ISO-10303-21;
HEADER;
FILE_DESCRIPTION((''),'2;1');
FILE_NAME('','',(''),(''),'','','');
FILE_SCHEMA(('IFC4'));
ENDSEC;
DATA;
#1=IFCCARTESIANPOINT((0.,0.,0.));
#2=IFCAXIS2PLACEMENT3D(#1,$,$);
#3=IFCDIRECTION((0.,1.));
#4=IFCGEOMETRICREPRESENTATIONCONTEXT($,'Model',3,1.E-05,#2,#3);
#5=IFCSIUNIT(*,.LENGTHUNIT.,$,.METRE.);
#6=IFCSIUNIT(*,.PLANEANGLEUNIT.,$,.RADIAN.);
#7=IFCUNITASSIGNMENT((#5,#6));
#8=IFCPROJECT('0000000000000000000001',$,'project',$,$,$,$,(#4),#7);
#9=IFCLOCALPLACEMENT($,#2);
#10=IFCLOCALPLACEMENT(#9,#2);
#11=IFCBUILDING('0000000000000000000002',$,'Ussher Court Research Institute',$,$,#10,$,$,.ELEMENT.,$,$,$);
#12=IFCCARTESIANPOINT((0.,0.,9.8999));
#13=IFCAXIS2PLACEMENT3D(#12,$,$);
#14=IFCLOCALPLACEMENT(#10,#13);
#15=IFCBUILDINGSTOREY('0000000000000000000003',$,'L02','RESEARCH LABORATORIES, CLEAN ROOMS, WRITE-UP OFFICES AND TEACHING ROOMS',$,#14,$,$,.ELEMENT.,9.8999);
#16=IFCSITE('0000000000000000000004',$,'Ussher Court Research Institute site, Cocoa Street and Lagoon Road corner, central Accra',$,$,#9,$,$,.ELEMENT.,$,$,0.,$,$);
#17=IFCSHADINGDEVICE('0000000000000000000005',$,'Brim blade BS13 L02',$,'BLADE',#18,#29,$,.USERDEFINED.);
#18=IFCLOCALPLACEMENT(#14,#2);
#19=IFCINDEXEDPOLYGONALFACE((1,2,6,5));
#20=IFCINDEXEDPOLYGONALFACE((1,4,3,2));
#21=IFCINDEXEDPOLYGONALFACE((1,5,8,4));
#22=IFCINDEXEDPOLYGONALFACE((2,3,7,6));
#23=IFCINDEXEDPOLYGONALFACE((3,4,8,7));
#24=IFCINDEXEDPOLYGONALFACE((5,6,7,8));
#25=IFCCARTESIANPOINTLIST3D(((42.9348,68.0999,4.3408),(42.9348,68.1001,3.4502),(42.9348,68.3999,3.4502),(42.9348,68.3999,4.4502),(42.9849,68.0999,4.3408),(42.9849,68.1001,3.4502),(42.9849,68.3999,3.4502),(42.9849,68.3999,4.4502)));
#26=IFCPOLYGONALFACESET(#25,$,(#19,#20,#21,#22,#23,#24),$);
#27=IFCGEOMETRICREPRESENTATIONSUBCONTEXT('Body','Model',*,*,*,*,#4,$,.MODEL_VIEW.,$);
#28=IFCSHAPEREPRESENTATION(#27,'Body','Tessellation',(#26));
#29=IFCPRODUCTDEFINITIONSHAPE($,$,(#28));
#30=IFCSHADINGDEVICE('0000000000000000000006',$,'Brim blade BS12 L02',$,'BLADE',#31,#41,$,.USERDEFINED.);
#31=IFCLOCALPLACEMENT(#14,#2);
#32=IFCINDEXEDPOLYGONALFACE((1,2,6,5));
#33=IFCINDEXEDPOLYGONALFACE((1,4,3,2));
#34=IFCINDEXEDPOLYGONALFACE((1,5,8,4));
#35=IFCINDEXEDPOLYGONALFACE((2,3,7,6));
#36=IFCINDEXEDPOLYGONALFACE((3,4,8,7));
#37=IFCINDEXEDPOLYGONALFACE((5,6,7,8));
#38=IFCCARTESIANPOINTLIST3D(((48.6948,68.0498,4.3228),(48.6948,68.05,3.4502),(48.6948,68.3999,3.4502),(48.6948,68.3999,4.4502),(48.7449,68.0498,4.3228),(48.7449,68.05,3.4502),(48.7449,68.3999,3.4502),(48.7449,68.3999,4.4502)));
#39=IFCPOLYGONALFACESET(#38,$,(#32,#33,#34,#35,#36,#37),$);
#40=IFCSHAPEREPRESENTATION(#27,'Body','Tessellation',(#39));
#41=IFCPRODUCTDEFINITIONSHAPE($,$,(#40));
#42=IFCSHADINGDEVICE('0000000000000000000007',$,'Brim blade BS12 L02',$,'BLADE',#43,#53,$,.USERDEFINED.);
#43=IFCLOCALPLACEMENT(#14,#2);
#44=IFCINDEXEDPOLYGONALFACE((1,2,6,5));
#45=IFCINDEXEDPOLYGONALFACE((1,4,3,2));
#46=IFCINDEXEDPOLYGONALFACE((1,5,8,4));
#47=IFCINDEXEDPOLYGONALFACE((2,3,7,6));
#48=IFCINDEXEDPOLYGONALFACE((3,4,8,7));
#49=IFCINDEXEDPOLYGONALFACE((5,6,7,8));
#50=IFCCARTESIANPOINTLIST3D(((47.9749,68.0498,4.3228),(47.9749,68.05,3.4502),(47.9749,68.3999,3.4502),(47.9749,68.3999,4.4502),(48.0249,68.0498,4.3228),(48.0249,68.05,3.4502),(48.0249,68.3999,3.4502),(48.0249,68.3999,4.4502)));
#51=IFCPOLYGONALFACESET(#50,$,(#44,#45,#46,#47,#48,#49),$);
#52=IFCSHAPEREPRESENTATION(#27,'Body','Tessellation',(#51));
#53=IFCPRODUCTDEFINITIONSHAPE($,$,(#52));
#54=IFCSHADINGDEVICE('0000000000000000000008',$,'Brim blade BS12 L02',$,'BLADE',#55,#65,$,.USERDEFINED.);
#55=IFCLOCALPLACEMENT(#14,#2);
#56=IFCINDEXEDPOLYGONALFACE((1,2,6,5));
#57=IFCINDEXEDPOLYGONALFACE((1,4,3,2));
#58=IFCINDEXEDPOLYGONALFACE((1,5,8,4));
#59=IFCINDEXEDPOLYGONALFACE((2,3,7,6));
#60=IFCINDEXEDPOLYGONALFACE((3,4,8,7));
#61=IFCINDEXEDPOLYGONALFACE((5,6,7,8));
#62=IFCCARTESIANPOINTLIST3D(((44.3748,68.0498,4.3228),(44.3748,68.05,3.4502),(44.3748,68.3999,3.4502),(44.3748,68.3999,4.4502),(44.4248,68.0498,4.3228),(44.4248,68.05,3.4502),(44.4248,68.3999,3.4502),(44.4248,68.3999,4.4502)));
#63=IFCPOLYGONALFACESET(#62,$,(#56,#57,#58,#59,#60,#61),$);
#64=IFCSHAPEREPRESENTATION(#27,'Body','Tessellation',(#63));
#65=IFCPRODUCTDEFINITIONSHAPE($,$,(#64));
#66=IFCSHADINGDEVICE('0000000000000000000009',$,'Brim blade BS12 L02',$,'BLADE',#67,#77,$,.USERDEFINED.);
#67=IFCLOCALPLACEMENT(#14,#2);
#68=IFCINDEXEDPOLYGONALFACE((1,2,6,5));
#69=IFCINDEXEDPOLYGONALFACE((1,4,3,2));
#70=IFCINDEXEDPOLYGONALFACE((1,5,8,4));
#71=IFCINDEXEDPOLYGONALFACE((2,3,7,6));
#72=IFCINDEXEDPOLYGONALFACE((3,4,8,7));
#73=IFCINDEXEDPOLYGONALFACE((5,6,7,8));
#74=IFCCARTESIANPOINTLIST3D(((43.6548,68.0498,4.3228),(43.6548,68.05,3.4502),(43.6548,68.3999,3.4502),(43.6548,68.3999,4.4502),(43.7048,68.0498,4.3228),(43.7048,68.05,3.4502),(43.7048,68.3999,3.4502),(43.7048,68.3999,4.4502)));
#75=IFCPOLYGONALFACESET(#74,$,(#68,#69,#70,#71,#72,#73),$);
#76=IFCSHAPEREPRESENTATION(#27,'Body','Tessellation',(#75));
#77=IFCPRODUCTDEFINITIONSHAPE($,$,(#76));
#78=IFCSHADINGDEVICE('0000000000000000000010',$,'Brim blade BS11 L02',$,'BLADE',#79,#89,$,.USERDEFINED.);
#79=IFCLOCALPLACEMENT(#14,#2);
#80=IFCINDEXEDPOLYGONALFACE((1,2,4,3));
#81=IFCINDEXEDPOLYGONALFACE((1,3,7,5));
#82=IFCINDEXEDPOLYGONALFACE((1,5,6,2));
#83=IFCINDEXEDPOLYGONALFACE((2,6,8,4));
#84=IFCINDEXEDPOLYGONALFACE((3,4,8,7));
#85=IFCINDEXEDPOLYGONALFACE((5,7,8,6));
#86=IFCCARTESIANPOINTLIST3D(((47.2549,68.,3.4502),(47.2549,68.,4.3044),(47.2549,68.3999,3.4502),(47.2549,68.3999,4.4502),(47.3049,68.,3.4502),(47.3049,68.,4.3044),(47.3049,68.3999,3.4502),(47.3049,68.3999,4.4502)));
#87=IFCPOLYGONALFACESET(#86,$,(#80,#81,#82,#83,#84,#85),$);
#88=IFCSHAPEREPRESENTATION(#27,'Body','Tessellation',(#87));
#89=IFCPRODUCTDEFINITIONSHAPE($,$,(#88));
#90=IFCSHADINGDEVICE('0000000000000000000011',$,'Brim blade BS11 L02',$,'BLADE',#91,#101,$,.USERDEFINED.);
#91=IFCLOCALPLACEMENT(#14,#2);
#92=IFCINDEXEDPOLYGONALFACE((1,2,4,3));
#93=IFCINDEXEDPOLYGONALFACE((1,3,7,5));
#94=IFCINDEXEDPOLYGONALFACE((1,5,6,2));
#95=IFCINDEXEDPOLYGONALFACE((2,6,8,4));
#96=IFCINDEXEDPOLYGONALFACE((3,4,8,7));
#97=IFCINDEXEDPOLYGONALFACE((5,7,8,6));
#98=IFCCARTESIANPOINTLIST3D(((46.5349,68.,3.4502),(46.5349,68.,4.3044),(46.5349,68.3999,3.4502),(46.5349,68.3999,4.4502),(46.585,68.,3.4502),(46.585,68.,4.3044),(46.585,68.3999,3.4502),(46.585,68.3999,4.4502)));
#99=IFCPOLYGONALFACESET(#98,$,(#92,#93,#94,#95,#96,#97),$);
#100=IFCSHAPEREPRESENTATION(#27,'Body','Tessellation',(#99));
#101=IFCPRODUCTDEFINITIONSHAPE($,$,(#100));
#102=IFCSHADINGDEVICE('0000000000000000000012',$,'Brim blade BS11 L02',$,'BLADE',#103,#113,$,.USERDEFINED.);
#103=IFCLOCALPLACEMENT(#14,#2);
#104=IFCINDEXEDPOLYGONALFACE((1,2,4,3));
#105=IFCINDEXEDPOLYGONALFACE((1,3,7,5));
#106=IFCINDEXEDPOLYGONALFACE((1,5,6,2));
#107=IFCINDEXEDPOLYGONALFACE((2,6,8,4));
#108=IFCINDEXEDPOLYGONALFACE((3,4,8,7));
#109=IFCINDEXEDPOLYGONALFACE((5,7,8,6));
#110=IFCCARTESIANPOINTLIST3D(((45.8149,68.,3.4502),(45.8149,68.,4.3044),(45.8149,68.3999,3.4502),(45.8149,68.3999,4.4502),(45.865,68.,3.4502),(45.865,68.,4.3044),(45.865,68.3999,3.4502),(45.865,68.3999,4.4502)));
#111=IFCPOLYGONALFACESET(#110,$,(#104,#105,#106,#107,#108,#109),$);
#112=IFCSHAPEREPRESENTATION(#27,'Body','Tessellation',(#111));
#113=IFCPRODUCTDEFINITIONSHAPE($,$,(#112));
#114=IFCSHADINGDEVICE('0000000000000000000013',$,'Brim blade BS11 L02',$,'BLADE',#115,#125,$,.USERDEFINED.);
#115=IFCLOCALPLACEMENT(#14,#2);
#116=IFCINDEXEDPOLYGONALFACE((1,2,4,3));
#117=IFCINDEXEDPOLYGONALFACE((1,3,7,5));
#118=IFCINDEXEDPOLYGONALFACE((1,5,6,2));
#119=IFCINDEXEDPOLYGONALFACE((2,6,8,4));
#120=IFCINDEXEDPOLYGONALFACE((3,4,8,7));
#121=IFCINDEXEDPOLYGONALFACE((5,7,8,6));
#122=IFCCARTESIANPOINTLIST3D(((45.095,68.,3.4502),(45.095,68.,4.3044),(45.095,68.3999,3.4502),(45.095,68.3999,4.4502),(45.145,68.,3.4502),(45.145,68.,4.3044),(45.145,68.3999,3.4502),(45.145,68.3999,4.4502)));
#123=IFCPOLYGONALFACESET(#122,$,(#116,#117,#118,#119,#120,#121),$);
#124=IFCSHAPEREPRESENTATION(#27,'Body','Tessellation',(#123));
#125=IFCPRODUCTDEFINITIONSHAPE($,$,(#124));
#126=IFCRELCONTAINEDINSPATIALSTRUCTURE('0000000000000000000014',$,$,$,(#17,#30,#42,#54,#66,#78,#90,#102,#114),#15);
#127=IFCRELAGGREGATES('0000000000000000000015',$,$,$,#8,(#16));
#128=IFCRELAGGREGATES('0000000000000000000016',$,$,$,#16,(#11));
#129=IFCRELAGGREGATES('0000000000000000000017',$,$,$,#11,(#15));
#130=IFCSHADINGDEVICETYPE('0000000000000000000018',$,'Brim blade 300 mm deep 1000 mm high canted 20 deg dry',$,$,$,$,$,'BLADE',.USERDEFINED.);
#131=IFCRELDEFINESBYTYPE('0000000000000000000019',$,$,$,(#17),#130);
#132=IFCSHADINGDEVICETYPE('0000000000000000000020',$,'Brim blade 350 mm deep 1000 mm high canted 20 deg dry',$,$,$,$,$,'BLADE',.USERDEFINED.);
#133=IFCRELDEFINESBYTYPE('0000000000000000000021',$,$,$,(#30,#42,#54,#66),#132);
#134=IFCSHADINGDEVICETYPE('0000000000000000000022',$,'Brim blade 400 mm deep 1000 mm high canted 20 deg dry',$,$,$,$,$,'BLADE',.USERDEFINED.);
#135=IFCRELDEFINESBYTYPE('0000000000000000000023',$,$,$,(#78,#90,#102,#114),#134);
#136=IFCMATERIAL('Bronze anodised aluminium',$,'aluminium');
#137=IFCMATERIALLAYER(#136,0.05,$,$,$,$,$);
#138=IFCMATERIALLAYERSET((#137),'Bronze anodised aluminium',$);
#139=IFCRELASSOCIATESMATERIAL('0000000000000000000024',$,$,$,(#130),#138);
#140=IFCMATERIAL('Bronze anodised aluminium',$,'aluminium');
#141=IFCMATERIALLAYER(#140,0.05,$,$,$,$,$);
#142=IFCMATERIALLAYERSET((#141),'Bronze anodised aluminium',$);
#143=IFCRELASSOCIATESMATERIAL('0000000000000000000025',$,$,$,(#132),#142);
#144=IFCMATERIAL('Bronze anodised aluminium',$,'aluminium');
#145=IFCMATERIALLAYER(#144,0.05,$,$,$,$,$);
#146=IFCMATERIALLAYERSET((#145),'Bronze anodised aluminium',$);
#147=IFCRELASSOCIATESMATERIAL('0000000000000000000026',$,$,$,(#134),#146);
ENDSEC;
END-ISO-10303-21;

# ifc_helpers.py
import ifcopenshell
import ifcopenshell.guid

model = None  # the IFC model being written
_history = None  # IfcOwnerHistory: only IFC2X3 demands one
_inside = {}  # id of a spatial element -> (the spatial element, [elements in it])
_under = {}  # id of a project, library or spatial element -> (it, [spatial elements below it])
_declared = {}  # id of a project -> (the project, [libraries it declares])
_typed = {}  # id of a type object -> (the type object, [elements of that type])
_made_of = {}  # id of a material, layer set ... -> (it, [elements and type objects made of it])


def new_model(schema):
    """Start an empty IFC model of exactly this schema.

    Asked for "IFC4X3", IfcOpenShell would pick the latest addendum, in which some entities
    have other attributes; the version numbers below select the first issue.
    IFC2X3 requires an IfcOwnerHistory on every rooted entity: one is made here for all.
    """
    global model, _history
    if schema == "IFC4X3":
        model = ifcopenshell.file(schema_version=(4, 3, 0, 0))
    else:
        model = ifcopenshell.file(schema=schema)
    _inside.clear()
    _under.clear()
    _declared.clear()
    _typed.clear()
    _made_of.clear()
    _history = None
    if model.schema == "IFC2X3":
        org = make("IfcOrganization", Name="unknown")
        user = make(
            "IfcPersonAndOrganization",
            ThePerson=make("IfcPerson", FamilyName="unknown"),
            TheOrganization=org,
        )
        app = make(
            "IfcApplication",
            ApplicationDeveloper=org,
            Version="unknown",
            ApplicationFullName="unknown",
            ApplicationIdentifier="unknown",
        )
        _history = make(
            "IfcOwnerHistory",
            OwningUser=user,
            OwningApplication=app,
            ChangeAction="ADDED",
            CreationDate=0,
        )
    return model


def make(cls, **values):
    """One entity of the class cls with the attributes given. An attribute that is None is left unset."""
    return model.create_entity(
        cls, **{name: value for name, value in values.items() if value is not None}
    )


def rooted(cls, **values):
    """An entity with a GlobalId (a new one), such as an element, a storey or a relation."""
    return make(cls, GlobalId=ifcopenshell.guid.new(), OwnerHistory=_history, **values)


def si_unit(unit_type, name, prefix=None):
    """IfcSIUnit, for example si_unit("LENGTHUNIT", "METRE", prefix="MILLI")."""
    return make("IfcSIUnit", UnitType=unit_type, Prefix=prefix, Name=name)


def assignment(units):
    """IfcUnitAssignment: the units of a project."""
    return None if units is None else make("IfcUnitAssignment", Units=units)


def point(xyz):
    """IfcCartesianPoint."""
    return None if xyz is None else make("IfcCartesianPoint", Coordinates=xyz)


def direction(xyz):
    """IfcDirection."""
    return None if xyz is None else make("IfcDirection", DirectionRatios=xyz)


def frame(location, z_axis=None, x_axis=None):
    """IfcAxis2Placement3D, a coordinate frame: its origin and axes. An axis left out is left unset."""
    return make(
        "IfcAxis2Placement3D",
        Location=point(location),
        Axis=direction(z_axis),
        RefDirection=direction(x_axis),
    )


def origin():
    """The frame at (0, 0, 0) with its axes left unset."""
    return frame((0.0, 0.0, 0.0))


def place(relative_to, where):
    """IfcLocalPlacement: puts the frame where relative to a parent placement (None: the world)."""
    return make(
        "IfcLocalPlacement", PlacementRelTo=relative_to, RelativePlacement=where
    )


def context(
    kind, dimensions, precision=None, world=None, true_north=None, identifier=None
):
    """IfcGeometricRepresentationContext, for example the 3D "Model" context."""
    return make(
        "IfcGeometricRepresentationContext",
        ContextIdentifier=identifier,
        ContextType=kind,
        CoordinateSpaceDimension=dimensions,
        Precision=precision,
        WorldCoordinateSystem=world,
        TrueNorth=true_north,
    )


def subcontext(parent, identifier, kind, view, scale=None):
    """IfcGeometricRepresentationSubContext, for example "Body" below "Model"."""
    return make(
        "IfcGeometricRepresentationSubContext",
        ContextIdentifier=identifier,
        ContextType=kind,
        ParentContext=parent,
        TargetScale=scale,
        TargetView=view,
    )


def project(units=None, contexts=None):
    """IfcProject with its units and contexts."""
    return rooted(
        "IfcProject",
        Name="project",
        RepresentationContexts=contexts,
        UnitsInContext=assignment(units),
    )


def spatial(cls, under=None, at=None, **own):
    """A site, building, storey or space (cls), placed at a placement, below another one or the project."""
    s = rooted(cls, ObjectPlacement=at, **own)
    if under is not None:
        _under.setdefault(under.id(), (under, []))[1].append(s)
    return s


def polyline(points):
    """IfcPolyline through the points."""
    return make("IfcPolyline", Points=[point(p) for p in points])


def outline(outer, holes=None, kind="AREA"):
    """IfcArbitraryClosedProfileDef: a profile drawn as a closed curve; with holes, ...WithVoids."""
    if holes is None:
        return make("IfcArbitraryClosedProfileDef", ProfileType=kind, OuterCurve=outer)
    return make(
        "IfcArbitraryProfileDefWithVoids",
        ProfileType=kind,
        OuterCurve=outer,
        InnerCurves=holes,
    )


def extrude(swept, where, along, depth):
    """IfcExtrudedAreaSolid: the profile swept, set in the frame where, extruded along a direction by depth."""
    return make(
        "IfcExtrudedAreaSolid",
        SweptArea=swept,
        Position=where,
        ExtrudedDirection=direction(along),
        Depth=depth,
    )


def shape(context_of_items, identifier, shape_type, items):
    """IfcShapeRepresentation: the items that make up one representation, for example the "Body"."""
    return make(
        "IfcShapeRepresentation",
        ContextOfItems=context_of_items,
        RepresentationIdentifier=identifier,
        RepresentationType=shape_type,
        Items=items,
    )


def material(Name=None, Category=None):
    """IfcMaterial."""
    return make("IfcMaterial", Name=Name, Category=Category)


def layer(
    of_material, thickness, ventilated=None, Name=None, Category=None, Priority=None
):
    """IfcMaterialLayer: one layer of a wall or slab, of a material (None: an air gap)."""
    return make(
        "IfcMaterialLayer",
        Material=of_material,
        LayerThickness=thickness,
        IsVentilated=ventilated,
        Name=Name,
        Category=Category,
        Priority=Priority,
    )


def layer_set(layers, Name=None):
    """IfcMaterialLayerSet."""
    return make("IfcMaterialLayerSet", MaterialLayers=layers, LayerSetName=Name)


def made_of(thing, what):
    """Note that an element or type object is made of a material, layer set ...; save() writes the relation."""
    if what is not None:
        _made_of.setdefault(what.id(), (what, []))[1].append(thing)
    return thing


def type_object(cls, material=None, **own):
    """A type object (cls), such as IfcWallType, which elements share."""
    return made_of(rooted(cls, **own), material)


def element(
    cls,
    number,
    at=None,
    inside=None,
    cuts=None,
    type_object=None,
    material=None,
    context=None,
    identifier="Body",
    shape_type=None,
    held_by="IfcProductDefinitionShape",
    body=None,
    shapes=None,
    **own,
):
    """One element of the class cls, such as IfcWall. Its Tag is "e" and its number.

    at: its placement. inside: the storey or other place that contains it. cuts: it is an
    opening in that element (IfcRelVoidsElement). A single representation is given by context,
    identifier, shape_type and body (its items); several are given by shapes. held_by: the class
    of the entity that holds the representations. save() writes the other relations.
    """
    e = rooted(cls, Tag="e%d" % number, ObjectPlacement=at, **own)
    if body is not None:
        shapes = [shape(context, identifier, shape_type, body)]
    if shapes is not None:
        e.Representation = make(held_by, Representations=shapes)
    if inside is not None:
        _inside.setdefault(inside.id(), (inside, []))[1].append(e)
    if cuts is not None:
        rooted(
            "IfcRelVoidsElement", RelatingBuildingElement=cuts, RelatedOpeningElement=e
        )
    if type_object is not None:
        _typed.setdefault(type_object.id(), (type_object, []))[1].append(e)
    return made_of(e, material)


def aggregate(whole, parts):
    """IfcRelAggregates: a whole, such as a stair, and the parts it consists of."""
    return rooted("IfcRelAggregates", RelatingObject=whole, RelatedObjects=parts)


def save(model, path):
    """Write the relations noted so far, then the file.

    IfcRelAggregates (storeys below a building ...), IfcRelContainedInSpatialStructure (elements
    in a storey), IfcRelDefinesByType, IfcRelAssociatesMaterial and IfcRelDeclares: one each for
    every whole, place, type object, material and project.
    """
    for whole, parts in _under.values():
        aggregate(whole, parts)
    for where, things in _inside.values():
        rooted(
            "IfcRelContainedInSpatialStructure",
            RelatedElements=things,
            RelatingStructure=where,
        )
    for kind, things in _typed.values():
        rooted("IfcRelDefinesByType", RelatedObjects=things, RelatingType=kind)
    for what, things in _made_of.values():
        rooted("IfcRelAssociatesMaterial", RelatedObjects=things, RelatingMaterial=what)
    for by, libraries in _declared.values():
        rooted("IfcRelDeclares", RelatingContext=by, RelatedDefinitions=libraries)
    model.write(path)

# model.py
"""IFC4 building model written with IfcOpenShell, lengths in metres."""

from ifc_helpers import new_model, si_unit, direction, frame, origin, place, context, subcontext, project, spatial, polyline, outline, extrude, material, layer, layer_set, type_object, element, save


model = new_model("IFC4")

# Units and contexts
model_context = context("Model", 3, precision=1e-05, world=origin(), true_north=direction((0.0, 1.0)))
body_context = subcontext(model_context, "Body", "Model", "MODEL_VIEW")
ifc_project = project(units=[si_unit("LENGTHUNIT", "METRE"), si_unit("PLANEANGLEUNIT", "RADIAN")], contexts=[model_context])

# Site, building, storey
site_placement = place(None, origin())
site = spatial("IfcSite", under=ifc_project, at=site_placement, Name="Ussher Court Research Institute site, Cocoa Street and Lagoon Road corner, central Accra", CompositionType="ELEMENT", RefElevation=0.0)
building_placement = place(site_placement, origin())
building = spatial("IfcBuilding", under=site, at=building_placement, Name="Ussher Court Research Institute", CompositionType="ELEMENT")
storey_placement = place(building_placement, frame((0.0, 0.0, 9.8999)))
storey = spatial("IfcBuildingStorey", under=building, at=storey_placement, Name="L02", Description="RESEARCH LABORATORIES, CLEAN ROOMS, WRITE-UP OFFICES AND TEACHING ROOMS", CompositionType="ELEMENT", Elevation=9.8999)

# Shading devices
ifc_material_1 = material(Name="Bronze anodised aluminium", Category="aluminium")
ifc_layer_1 = layer(ifc_material_1, 0.05)
ifc_layer_set_1 = layer_set([ifc_layer_1], Name="Bronze anodised aluminium")
shading_device_type_1 = type_object("IfcShadingDeviceType", Name="Brim blade 300 mm deep 1000 mm high canted 20 deg dry", ElementType="BLADE", PredefinedType="USERDEFINED", material=ifc_layer_set_1)
for number, where, z_axis, x_axis, name in (
    (1, (42.96, 68.3999, 3.4502), (0.0, 0.0, 1.0), (0.0, -1.0, 0.0), "Brim blade BS13 L02"),
):
    element("IfcShadingDevice", number, at=place(storey_placement, frame(where, z_axis=z_axis, x_axis=x_axis)), inside=storey, type_object=shading_device_type_1, Name=name, ObjectType="BLADE", PredefinedType="USERDEFINED", context=body_context, shape_type="SweptSolid", body=[
        extrude(outline(polyline([(0.0, 0.0), (0.2998, 0.0), (0.3, 0.8906), (0.0, 1.0), (0.0, 0.0)])), frame((0.0, 0.0249, 0.0), z_axis=(0.0, -1.0, 0.0), x_axis=(1.0, 0.0, 0.0)), (0.0, 0.0, 1.0), 0.05),
    ])
ifc_material_2 = material(Name="Bronze anodised aluminium", Category="aluminium")
ifc_layer_2 = layer(ifc_material_2, 0.05)
ifc_layer_set_2 = layer_set([ifc_layer_2], Name="Bronze anodised aluminium")
shading_device_type_2 = type_object("IfcShadingDeviceType", Name="Brim blade 350 mm deep 1000 mm high canted 20 deg dry", ElementType="BLADE", PredefinedType="USERDEFINED", material=ifc_layer_set_2)
for number, where, z_axis, x_axis, name in (
    (2, (48.72, 68.3999, 3.4502), (0.0, 0.0, 1.0), (0.0, -1.0, 0.0), "Brim blade BS12 L02"),
    (3, (48.0, 68.3999, 3.4502), (0.0, 0.0, 1.0), (0.0, -1.0, 0.0), "Brim blade BS12 L02"),
    (4, (44.3999, 68.3999, 3.4502), (0.0, 0.0, 1.0), (0.0, -1.0, 0.0), "Brim blade BS12 L02"),
    (5, (43.6799, 68.3999, 3.4502), (0.0, 0.0, 1.0), (0.0, -1.0, 0.0), "Brim blade BS12 L02"),
):
    element("IfcShadingDevice", number, at=place(storey_placement, frame(where, z_axis=z_axis, x_axis=x_axis)), inside=storey, type_object=shading_device_type_2, Name=name, ObjectType="BLADE", PredefinedType="USERDEFINED", context=body_context, shape_type="SweptSolid", body=[
        extrude(outline(polyline([(0.0, 0.0), (0.3499, 0.0), (0.3501, 0.8726), (0.0, 1.0), (0.0, 0.0)])), frame((0.0, 0.0249, 0.0), z_axis=(0.0, -1.0, 0.0), x_axis=(1.0, 0.0, 0.0)), (0.0, 0.0, 1.0), 0.05),
    ])
ifc_material_3 = material(Name="Bronze anodised aluminium", Category="aluminium")
ifc_layer_3 = layer(ifc_material_3, 0.05)
ifc_layer_set_3 = layer_set([ifc_layer_3], Name="Bronze anodised aluminium")
shading_device_type_3 = type_object("IfcShadingDeviceType", Name="Brim blade 400 mm deep 1000 mm high canted 20 deg dry", ElementType="BLADE", PredefinedType="USERDEFINED", material=ifc_layer_set_3)
for number, where, z_axis, x_axis, name in (
    (6, (47.28, 68.3999, 3.4502), (0.0, 0.0, 1.0), (0.0, -1.0, 0.0), "Brim blade BS11 L02"),
    (7, (46.5601, 68.3999, 3.4502), (0.0, 0.0, 1.0), (0.0, -1.0, 0.0), "Brim blade BS11 L02"),
    (8, (45.8401, 68.3999, 3.4502), (0.0, 0.0, 1.0), (0.0, -1.0, 0.0), "Brim blade BS11 L02"),
    (9, (45.1201, 68.3999, 3.4502), (0.0, 0.0, 1.0), (0.0, -1.0, 0.0), "Brim blade BS11 L02"),
):
    element("IfcShadingDevice", number, at=place(storey_placement, frame(where, z_axis=z_axis, x_axis=x_axis)), inside=storey, type_object=shading_device_type_3, Name=name, ObjectType="BLADE", PredefinedType="USERDEFINED", context=body_context, shape_type="SweptSolid", body=[
        extrude(outline(polyline([(0.0, 0.0), (0.3999, 0.0), (0.3999, 0.8542), (0.0, 1.0), (0.0, 0.0)])), frame((0.0, 0.0249, 0.0), z_axis=(0.0, -1.0, 0.0), x_axis=(1.0, 0.0, 0.0)), (0.0, 0.0, 1.0), 0.05),
    ])

save(model, "model.ifc")
